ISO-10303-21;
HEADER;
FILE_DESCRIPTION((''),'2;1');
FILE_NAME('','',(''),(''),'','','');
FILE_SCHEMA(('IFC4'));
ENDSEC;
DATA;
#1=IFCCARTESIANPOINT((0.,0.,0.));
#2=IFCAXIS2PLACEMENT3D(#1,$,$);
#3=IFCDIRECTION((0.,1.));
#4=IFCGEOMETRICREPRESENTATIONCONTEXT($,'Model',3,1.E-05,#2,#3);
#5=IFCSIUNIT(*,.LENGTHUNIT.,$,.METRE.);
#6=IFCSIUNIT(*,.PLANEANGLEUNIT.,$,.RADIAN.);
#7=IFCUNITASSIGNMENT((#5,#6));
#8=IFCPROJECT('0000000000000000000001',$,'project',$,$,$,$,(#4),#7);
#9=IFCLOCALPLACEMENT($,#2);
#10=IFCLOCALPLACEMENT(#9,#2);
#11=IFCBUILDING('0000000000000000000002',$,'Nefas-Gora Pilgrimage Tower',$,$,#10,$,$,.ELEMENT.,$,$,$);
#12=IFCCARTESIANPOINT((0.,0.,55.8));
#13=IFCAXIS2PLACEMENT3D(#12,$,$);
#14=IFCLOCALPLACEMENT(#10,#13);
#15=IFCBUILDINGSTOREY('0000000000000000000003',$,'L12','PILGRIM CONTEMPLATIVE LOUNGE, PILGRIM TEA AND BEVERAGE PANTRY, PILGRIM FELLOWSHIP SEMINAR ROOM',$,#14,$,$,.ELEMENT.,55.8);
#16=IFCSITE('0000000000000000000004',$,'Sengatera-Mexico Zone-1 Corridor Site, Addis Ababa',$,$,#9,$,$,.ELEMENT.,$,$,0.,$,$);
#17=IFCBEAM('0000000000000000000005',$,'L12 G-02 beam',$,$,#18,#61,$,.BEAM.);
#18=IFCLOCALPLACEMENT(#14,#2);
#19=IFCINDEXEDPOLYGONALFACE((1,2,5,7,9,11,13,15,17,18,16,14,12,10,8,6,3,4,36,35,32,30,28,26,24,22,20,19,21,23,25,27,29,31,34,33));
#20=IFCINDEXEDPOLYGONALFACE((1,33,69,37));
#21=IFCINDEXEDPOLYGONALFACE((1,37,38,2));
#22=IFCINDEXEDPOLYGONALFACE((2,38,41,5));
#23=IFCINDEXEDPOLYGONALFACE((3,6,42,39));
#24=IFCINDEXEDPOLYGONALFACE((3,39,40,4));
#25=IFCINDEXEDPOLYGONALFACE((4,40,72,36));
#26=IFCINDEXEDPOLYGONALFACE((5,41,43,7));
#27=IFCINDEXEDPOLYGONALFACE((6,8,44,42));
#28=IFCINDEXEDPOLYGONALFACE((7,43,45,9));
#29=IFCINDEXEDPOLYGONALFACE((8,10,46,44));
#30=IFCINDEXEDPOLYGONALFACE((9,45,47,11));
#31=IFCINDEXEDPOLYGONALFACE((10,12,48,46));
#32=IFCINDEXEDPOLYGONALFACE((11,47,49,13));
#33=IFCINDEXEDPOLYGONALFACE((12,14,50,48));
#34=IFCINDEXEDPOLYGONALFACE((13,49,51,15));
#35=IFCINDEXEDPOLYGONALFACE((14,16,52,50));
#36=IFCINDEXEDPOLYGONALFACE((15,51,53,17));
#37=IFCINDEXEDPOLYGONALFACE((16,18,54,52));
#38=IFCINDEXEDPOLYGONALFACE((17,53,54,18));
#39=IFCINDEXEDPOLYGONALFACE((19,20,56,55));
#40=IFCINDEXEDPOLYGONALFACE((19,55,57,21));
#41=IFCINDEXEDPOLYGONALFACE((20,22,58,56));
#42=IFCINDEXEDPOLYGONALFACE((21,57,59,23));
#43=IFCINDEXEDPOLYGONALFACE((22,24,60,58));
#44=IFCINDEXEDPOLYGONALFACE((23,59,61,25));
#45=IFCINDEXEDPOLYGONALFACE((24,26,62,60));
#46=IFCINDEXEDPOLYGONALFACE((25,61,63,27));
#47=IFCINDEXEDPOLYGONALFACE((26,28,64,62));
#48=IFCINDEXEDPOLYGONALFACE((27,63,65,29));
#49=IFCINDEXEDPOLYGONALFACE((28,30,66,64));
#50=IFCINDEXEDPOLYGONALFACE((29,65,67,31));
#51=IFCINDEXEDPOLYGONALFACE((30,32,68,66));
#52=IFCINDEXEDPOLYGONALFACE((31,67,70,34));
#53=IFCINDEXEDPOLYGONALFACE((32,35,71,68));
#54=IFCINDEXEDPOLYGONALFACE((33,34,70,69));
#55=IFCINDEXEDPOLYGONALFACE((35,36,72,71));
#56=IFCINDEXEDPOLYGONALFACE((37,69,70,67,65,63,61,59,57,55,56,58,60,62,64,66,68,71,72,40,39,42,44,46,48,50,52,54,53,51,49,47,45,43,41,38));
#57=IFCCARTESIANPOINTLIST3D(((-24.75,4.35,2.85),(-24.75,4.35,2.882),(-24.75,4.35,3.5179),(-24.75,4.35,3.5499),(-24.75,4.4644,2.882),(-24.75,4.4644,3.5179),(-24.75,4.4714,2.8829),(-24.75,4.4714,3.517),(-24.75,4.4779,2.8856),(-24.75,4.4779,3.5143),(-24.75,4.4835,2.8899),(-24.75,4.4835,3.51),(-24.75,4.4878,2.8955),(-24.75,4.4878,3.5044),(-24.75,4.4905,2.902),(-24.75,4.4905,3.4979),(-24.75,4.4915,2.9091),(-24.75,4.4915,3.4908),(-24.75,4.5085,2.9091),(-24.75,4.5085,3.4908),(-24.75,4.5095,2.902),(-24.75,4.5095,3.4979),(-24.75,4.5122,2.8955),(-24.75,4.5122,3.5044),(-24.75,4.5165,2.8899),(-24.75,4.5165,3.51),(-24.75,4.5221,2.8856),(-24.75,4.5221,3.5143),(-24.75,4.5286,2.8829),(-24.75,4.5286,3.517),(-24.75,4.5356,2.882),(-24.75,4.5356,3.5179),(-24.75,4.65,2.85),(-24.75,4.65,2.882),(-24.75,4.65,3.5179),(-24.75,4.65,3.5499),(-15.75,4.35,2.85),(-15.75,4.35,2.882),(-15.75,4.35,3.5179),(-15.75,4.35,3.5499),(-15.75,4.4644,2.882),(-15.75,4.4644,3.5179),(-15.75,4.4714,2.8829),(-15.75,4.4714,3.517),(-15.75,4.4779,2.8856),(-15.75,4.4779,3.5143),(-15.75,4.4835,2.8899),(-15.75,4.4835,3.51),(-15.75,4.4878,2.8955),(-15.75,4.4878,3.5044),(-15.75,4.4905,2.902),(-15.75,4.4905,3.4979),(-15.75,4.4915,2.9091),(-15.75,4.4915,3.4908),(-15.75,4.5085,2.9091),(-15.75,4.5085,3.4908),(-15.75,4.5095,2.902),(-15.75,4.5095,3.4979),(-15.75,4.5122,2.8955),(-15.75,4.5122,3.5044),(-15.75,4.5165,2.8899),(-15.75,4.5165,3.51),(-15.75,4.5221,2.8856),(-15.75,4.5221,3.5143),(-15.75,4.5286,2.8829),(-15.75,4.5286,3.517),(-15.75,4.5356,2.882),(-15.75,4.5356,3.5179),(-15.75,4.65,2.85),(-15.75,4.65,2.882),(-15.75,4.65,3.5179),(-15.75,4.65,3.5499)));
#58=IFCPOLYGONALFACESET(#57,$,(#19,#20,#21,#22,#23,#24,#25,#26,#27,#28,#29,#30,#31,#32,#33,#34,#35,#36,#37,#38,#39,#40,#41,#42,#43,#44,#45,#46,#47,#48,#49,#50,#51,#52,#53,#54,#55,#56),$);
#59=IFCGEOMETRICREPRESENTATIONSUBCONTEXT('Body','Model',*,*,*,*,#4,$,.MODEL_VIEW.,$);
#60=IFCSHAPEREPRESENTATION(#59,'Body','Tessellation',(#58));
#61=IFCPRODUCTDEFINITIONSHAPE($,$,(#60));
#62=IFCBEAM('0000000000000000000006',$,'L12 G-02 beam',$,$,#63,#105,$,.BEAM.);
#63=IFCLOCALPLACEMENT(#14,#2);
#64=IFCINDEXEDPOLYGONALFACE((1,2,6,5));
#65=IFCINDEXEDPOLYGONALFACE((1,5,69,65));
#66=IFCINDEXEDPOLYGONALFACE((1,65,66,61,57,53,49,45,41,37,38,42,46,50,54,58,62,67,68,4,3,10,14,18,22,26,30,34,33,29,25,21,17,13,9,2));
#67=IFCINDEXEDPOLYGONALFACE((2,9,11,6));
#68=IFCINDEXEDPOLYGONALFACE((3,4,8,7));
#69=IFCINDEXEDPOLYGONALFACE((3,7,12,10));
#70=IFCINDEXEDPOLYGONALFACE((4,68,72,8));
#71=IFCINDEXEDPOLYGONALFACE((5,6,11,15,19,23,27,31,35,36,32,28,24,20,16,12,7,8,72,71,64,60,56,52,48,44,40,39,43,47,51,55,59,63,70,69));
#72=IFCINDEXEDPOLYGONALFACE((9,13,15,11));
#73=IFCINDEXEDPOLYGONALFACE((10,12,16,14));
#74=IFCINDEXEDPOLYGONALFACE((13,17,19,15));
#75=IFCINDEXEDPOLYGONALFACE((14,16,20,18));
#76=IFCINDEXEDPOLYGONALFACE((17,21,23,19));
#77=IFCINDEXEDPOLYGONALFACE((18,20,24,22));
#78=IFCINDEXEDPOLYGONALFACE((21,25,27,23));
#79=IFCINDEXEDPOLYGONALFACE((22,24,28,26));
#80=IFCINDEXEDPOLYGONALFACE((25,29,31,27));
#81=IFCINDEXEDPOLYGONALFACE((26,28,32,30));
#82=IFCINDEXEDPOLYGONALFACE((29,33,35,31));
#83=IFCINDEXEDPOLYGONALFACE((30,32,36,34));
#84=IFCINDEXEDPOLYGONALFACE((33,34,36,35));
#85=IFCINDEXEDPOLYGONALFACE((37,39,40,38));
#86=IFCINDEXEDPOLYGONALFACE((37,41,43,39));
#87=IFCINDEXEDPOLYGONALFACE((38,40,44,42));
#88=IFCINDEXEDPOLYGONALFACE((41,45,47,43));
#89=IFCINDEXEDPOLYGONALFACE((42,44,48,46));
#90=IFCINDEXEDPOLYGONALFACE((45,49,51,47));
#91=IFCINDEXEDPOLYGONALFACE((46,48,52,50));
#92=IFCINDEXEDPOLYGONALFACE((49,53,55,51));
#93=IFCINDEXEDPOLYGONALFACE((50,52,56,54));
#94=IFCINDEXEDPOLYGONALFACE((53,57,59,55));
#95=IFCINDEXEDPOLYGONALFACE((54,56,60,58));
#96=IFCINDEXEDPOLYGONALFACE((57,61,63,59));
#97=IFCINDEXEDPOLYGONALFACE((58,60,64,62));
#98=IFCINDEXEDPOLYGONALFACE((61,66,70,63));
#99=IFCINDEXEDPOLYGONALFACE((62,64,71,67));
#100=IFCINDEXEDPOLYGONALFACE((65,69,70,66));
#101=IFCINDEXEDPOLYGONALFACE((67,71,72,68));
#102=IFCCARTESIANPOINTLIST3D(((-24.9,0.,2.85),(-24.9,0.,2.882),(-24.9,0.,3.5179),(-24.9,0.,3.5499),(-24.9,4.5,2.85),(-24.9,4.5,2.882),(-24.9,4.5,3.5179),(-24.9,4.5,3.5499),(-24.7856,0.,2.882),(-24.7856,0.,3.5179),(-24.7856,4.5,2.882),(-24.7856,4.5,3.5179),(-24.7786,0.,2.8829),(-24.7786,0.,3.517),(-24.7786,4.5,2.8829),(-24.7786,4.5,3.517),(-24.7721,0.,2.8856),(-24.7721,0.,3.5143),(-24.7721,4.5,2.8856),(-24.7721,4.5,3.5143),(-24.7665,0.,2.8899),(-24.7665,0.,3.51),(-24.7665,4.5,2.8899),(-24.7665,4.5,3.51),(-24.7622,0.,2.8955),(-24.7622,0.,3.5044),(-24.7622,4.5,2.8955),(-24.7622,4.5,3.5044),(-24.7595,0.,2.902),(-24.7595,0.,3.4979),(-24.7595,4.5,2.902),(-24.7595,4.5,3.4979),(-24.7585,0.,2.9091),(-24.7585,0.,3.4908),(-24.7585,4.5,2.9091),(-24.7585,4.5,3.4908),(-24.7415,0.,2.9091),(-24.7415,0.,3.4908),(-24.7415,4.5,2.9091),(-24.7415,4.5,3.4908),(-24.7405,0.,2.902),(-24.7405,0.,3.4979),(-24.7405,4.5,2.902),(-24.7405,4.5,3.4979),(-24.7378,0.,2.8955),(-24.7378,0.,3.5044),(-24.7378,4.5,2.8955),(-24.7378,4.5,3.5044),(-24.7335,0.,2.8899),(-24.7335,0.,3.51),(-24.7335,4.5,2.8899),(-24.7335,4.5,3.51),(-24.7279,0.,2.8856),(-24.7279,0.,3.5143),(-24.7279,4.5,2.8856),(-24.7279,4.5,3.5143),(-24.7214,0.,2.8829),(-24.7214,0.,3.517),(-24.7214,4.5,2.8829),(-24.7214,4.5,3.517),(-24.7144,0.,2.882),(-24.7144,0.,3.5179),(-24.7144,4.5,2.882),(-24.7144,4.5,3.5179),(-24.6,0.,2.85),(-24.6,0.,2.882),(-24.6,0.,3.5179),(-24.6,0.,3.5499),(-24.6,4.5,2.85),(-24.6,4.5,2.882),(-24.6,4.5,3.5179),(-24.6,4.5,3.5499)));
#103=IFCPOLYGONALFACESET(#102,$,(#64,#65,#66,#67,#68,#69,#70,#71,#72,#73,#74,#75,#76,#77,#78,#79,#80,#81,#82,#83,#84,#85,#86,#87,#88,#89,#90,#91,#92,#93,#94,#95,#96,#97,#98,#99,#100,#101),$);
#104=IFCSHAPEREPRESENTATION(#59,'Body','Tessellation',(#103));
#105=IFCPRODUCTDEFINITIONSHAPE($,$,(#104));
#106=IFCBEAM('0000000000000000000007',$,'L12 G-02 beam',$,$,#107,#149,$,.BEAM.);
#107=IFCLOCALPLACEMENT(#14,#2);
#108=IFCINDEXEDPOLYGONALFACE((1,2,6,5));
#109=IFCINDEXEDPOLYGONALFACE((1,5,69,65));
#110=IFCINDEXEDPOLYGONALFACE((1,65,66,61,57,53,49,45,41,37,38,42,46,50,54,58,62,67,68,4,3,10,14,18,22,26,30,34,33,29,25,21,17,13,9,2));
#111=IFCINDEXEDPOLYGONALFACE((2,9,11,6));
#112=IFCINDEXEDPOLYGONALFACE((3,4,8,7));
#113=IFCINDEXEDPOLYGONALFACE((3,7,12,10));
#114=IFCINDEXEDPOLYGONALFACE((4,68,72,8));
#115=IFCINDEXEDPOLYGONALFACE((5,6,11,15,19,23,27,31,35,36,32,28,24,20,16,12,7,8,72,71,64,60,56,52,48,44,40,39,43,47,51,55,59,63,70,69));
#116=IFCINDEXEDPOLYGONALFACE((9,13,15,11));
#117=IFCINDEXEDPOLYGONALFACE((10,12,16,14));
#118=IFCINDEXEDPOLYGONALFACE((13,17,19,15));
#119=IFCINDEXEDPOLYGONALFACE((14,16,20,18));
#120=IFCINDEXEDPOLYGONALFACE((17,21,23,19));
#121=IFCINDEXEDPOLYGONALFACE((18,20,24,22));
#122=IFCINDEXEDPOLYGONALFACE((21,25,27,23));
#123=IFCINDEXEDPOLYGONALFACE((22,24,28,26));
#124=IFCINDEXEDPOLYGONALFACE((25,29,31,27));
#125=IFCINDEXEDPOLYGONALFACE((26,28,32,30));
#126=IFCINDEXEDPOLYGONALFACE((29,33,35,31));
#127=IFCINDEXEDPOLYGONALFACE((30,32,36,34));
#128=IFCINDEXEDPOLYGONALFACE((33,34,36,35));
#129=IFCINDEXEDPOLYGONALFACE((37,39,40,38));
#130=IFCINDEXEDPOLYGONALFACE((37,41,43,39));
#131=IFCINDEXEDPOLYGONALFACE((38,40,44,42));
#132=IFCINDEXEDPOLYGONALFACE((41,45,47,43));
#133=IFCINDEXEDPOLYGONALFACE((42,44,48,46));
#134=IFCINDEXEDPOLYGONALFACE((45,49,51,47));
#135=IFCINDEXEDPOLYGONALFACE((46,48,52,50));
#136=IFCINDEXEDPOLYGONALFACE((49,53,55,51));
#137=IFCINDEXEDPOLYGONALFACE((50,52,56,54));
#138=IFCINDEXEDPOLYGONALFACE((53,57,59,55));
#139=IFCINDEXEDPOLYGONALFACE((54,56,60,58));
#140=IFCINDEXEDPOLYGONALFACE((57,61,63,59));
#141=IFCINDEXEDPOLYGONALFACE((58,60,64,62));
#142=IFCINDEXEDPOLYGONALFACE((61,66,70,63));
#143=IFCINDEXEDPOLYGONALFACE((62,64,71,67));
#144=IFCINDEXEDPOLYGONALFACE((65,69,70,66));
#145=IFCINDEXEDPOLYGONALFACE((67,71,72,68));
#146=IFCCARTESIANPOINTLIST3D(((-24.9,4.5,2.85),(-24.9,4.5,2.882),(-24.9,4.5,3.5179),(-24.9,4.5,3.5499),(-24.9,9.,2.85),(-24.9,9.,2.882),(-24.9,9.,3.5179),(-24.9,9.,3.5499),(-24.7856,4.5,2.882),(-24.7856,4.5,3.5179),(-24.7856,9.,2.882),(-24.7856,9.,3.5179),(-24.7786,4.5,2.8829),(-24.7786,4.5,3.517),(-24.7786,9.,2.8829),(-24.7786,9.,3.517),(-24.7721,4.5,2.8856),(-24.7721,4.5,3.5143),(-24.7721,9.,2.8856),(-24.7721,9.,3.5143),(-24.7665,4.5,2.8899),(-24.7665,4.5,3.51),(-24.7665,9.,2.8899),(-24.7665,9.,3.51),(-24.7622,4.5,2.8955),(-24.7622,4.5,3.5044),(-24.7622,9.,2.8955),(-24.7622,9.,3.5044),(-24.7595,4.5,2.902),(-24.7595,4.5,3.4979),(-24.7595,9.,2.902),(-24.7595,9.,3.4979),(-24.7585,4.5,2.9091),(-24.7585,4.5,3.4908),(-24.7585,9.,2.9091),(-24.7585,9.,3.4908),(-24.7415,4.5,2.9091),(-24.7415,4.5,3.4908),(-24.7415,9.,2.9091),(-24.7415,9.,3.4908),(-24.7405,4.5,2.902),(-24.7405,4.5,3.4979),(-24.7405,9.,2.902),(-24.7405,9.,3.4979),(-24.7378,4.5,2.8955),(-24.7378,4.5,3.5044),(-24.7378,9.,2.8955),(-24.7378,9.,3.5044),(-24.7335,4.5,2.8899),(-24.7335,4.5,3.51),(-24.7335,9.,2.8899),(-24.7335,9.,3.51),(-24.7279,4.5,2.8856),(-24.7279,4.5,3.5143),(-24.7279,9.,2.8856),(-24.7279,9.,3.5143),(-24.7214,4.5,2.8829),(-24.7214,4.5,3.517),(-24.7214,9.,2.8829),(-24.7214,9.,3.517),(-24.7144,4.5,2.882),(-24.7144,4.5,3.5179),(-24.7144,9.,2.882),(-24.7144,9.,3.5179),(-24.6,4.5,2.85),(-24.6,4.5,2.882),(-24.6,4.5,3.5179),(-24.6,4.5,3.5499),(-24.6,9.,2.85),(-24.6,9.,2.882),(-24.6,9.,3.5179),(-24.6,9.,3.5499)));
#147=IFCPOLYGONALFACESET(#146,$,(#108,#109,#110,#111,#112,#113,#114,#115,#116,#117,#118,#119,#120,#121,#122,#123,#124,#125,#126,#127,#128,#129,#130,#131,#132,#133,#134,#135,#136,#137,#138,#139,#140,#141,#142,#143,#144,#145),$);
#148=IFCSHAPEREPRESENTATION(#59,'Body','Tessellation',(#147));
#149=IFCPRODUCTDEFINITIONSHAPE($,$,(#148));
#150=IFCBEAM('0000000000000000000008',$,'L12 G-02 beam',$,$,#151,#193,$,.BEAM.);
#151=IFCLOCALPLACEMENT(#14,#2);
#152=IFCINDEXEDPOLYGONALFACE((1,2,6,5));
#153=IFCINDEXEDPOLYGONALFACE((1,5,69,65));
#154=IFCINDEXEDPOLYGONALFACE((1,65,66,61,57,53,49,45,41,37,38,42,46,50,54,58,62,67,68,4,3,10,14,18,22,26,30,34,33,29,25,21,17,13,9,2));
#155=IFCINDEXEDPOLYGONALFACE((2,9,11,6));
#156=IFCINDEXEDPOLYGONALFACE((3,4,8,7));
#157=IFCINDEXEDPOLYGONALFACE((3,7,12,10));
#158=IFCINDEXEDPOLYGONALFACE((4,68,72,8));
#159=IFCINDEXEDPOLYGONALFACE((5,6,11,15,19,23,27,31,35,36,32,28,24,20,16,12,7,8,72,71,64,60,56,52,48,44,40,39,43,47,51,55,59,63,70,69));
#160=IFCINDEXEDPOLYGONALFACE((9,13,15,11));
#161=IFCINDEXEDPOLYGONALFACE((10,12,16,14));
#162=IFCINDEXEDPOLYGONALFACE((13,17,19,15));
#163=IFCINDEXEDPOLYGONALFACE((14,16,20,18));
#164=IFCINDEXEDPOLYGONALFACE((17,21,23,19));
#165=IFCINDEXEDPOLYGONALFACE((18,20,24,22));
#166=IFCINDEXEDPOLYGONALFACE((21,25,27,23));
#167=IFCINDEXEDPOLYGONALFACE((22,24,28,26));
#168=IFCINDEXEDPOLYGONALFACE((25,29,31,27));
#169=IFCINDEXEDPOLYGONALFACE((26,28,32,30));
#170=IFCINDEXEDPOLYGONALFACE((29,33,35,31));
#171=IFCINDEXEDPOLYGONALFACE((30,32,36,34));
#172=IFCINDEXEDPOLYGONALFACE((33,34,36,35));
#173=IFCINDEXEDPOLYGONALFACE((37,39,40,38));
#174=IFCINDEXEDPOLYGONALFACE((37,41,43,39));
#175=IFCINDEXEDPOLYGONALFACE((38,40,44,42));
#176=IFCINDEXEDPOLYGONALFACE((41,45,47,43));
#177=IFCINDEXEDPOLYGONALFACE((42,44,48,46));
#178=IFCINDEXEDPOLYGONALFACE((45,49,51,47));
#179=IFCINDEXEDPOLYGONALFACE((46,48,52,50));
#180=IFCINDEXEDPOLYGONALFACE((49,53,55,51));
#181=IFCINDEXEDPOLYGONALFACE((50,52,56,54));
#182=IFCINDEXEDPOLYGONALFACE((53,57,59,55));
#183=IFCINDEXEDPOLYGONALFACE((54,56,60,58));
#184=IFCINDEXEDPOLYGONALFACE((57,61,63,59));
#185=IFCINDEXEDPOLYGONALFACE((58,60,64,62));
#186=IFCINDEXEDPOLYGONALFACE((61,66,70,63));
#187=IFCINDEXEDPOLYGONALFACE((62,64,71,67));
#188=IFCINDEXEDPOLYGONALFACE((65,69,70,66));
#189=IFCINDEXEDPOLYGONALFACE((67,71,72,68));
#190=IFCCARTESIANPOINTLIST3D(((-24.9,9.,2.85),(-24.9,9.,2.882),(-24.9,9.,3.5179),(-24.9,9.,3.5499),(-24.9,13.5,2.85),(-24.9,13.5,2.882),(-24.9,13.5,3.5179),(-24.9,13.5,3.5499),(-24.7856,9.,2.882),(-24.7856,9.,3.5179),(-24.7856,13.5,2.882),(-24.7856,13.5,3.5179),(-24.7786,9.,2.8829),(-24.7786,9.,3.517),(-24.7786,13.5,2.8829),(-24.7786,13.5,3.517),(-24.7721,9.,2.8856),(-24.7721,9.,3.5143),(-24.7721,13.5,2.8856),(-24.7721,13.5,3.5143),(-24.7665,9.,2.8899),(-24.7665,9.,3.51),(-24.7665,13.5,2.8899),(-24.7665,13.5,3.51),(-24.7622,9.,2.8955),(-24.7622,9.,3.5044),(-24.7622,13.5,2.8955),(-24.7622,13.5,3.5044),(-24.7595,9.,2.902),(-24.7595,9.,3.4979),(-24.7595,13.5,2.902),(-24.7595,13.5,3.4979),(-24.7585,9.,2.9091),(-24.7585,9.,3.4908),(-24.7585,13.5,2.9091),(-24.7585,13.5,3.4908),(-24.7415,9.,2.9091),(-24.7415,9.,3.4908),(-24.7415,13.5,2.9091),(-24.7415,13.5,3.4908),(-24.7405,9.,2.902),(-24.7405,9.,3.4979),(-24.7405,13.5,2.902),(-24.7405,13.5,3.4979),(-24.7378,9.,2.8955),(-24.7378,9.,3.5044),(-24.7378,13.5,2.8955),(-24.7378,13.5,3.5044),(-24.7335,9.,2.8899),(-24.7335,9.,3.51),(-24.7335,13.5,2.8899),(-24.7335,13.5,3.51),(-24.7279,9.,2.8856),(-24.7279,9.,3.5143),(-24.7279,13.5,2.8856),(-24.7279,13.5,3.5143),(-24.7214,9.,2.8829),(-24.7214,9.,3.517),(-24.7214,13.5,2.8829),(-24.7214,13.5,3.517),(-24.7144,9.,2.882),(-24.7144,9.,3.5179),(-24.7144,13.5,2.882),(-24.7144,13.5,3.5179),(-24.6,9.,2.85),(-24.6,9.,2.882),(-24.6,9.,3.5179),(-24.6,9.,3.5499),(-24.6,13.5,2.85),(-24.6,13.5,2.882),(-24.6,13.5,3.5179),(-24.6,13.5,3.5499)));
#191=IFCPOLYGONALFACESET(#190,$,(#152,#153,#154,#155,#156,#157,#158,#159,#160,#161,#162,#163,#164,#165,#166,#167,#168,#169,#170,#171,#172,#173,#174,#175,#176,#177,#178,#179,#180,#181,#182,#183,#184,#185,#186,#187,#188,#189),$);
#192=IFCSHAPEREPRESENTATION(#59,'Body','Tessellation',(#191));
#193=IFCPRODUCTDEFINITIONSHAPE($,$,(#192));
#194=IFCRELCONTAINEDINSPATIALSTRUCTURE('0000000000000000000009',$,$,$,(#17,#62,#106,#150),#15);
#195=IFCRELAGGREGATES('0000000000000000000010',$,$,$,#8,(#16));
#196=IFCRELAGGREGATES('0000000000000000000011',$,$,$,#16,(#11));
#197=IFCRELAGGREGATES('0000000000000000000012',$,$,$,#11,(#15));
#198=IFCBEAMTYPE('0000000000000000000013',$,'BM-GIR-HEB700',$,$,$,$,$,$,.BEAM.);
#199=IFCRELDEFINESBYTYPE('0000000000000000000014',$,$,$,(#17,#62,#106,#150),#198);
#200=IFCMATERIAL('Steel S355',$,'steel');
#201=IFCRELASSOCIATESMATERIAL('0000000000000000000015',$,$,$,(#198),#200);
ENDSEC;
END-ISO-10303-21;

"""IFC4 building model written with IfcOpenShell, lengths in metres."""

from ifc_helpers import new_model, si_unit, direction, frame, origin, origin_2d, place, context, subcontext, project, spatial, i_section, extrude, source, transform, mapped, material, material_profile, profile_set, type_object, element, save


model = new_model("IFC4")

# Units and contexts
model_context = context("Model", 3, precision=1e-05, world=origin(), true_north=direction((0.0, 1.0)))
body_context = subcontext(model_context, "Body", "Model", "MODEL_VIEW")
ifc_project = project(units=[si_unit("LENGTHUNIT", "METRE"), si_unit("PLANEANGLEUNIT", "RADIAN")], contexts=[model_context])

# Site, building, storey
site_placement = place(None, origin())
site = spatial("IfcSite", under=ifc_project, at=site_placement, Name="Sengatera-Mexico Zone-1 Corridor Site, Addis Ababa", CompositionType="ELEMENT", RefElevation=0.0)
building_placement = place(site_placement, origin())
building = spatial("IfcBuilding", under=site, at=building_placement, Name="Nefas-Gora Pilgrimage Tower", CompositionType="ELEMENT")
storey_placement = place(building_placement, frame((0.0, 0.0, 55.8)))
storey = spatial("IfcBuildingStorey", under=building, at=storey_placement, Name="L12", Description="PILGRIM CONTEMPLATIVE LOUNGE, PILGRIM TEA AND BEVERAGE PANTRY, PILGRIM FELLOWSHIP SEMINAR ROOM", CompositionType="ELEMENT", Elevation=55.8)

# Beams
ifc_material_1 = material(Name="Steel S355", Category="steel")
ifc_material_profile_1 = material_profile(ifc_material_1, i_section(OverallWidth=0.3, OverallDepth=0.7, WebThickness=0.0171, FlangeThickness=0.032, FilletRadius=0.0271, at=origin_2d()), Name="HEB 700")
ifc_profile_set_1 = profile_set([ifc_material_profile_1], Name="Steel S355")
beam_type_1 = type_object("IfcBeamType", Name="BM-GIR-HEB700", PredefinedType="BEAM", material=ifc_profile_set_1)
shared_shape_1 = source(origin(), body_context, "Body", "SweptSolid", [
    extrude(i_section(OverallWidth=0.3, OverallDepth=0.7, WebThickness=0.0171, FlangeThickness=0.032, FilletRadius=0.0271, at=origin_2d()), origin(), (0.0, 0.0, 1.0), 9.0),
])
for number, where, z_axis, x_axis, name in (
    (1, (-24.75, 4.5, 3.2), (1.0, 0.0, 0.0), (0.0, 1.0, 0.0), "L12 G-02 beam"),
):
    element("IfcBeam", number, at=place(storey_placement, frame(where, z_axis=z_axis, x_axis=x_axis)), inside=storey, type_object=beam_type_1, Name=name, PredefinedType="BEAM", context=body_context, shape_type="MappedRepresentation", body=[
        mapped(shared_shape_1, transform((0.0, 0.0, 0.0), x_axis=(1.0, 0.0, 0.0), y_axis=(0.0, 1.0, 0.0), z_axis=(0.0, 0.0, 1.0), scale=1.0)),
    ])
shared_shape_2 = source(origin(), body_context, "Body", "SweptSolid", [
    extrude(i_section(OverallWidth=0.3, OverallDepth=0.7, WebThickness=0.0171, FlangeThickness=0.032, FilletRadius=0.0271, at=origin_2d()), origin(), (0.0, 0.0, 1.0), 4.5),
])
for number, where, z_axis, x_axis, name in (
    (2, (-24.75, 0.0, 3.2), (0.0, 1.0, 0.0), (-1.0, 0.0, 0.0), "L12 G-02 beam"),
    (3, (-24.75, 4.5, 3.2), (0.0, 1.0, 0.0), (-1.0, 0.0, 0.0), "L12 G-02 beam"),
    (4, (-24.75, 9.0, 3.2), (0.0, 1.0, 0.0), (-1.0, 0.0, 0.0), "L12 G-02 beam"),
):
    element("IfcBeam", number, at=place(storey_placement, frame(where, z_axis=z_axis, x_axis=x_axis)), inside=storey, type_object=beam_type_1, Name=name, PredefinedType="BEAM", context=body_context, shape_type="MappedRepresentation", body=[
        mapped(shared_shape_2, transform((0.0, 0.0, 0.0), x_axis=(1.0, 0.0, 0.0), y_axis=(0.0, 1.0, 0.0), z_axis=(0.0, 0.0, 1.0), scale=1.0)),
    ])

save(model, "model.ifc")
